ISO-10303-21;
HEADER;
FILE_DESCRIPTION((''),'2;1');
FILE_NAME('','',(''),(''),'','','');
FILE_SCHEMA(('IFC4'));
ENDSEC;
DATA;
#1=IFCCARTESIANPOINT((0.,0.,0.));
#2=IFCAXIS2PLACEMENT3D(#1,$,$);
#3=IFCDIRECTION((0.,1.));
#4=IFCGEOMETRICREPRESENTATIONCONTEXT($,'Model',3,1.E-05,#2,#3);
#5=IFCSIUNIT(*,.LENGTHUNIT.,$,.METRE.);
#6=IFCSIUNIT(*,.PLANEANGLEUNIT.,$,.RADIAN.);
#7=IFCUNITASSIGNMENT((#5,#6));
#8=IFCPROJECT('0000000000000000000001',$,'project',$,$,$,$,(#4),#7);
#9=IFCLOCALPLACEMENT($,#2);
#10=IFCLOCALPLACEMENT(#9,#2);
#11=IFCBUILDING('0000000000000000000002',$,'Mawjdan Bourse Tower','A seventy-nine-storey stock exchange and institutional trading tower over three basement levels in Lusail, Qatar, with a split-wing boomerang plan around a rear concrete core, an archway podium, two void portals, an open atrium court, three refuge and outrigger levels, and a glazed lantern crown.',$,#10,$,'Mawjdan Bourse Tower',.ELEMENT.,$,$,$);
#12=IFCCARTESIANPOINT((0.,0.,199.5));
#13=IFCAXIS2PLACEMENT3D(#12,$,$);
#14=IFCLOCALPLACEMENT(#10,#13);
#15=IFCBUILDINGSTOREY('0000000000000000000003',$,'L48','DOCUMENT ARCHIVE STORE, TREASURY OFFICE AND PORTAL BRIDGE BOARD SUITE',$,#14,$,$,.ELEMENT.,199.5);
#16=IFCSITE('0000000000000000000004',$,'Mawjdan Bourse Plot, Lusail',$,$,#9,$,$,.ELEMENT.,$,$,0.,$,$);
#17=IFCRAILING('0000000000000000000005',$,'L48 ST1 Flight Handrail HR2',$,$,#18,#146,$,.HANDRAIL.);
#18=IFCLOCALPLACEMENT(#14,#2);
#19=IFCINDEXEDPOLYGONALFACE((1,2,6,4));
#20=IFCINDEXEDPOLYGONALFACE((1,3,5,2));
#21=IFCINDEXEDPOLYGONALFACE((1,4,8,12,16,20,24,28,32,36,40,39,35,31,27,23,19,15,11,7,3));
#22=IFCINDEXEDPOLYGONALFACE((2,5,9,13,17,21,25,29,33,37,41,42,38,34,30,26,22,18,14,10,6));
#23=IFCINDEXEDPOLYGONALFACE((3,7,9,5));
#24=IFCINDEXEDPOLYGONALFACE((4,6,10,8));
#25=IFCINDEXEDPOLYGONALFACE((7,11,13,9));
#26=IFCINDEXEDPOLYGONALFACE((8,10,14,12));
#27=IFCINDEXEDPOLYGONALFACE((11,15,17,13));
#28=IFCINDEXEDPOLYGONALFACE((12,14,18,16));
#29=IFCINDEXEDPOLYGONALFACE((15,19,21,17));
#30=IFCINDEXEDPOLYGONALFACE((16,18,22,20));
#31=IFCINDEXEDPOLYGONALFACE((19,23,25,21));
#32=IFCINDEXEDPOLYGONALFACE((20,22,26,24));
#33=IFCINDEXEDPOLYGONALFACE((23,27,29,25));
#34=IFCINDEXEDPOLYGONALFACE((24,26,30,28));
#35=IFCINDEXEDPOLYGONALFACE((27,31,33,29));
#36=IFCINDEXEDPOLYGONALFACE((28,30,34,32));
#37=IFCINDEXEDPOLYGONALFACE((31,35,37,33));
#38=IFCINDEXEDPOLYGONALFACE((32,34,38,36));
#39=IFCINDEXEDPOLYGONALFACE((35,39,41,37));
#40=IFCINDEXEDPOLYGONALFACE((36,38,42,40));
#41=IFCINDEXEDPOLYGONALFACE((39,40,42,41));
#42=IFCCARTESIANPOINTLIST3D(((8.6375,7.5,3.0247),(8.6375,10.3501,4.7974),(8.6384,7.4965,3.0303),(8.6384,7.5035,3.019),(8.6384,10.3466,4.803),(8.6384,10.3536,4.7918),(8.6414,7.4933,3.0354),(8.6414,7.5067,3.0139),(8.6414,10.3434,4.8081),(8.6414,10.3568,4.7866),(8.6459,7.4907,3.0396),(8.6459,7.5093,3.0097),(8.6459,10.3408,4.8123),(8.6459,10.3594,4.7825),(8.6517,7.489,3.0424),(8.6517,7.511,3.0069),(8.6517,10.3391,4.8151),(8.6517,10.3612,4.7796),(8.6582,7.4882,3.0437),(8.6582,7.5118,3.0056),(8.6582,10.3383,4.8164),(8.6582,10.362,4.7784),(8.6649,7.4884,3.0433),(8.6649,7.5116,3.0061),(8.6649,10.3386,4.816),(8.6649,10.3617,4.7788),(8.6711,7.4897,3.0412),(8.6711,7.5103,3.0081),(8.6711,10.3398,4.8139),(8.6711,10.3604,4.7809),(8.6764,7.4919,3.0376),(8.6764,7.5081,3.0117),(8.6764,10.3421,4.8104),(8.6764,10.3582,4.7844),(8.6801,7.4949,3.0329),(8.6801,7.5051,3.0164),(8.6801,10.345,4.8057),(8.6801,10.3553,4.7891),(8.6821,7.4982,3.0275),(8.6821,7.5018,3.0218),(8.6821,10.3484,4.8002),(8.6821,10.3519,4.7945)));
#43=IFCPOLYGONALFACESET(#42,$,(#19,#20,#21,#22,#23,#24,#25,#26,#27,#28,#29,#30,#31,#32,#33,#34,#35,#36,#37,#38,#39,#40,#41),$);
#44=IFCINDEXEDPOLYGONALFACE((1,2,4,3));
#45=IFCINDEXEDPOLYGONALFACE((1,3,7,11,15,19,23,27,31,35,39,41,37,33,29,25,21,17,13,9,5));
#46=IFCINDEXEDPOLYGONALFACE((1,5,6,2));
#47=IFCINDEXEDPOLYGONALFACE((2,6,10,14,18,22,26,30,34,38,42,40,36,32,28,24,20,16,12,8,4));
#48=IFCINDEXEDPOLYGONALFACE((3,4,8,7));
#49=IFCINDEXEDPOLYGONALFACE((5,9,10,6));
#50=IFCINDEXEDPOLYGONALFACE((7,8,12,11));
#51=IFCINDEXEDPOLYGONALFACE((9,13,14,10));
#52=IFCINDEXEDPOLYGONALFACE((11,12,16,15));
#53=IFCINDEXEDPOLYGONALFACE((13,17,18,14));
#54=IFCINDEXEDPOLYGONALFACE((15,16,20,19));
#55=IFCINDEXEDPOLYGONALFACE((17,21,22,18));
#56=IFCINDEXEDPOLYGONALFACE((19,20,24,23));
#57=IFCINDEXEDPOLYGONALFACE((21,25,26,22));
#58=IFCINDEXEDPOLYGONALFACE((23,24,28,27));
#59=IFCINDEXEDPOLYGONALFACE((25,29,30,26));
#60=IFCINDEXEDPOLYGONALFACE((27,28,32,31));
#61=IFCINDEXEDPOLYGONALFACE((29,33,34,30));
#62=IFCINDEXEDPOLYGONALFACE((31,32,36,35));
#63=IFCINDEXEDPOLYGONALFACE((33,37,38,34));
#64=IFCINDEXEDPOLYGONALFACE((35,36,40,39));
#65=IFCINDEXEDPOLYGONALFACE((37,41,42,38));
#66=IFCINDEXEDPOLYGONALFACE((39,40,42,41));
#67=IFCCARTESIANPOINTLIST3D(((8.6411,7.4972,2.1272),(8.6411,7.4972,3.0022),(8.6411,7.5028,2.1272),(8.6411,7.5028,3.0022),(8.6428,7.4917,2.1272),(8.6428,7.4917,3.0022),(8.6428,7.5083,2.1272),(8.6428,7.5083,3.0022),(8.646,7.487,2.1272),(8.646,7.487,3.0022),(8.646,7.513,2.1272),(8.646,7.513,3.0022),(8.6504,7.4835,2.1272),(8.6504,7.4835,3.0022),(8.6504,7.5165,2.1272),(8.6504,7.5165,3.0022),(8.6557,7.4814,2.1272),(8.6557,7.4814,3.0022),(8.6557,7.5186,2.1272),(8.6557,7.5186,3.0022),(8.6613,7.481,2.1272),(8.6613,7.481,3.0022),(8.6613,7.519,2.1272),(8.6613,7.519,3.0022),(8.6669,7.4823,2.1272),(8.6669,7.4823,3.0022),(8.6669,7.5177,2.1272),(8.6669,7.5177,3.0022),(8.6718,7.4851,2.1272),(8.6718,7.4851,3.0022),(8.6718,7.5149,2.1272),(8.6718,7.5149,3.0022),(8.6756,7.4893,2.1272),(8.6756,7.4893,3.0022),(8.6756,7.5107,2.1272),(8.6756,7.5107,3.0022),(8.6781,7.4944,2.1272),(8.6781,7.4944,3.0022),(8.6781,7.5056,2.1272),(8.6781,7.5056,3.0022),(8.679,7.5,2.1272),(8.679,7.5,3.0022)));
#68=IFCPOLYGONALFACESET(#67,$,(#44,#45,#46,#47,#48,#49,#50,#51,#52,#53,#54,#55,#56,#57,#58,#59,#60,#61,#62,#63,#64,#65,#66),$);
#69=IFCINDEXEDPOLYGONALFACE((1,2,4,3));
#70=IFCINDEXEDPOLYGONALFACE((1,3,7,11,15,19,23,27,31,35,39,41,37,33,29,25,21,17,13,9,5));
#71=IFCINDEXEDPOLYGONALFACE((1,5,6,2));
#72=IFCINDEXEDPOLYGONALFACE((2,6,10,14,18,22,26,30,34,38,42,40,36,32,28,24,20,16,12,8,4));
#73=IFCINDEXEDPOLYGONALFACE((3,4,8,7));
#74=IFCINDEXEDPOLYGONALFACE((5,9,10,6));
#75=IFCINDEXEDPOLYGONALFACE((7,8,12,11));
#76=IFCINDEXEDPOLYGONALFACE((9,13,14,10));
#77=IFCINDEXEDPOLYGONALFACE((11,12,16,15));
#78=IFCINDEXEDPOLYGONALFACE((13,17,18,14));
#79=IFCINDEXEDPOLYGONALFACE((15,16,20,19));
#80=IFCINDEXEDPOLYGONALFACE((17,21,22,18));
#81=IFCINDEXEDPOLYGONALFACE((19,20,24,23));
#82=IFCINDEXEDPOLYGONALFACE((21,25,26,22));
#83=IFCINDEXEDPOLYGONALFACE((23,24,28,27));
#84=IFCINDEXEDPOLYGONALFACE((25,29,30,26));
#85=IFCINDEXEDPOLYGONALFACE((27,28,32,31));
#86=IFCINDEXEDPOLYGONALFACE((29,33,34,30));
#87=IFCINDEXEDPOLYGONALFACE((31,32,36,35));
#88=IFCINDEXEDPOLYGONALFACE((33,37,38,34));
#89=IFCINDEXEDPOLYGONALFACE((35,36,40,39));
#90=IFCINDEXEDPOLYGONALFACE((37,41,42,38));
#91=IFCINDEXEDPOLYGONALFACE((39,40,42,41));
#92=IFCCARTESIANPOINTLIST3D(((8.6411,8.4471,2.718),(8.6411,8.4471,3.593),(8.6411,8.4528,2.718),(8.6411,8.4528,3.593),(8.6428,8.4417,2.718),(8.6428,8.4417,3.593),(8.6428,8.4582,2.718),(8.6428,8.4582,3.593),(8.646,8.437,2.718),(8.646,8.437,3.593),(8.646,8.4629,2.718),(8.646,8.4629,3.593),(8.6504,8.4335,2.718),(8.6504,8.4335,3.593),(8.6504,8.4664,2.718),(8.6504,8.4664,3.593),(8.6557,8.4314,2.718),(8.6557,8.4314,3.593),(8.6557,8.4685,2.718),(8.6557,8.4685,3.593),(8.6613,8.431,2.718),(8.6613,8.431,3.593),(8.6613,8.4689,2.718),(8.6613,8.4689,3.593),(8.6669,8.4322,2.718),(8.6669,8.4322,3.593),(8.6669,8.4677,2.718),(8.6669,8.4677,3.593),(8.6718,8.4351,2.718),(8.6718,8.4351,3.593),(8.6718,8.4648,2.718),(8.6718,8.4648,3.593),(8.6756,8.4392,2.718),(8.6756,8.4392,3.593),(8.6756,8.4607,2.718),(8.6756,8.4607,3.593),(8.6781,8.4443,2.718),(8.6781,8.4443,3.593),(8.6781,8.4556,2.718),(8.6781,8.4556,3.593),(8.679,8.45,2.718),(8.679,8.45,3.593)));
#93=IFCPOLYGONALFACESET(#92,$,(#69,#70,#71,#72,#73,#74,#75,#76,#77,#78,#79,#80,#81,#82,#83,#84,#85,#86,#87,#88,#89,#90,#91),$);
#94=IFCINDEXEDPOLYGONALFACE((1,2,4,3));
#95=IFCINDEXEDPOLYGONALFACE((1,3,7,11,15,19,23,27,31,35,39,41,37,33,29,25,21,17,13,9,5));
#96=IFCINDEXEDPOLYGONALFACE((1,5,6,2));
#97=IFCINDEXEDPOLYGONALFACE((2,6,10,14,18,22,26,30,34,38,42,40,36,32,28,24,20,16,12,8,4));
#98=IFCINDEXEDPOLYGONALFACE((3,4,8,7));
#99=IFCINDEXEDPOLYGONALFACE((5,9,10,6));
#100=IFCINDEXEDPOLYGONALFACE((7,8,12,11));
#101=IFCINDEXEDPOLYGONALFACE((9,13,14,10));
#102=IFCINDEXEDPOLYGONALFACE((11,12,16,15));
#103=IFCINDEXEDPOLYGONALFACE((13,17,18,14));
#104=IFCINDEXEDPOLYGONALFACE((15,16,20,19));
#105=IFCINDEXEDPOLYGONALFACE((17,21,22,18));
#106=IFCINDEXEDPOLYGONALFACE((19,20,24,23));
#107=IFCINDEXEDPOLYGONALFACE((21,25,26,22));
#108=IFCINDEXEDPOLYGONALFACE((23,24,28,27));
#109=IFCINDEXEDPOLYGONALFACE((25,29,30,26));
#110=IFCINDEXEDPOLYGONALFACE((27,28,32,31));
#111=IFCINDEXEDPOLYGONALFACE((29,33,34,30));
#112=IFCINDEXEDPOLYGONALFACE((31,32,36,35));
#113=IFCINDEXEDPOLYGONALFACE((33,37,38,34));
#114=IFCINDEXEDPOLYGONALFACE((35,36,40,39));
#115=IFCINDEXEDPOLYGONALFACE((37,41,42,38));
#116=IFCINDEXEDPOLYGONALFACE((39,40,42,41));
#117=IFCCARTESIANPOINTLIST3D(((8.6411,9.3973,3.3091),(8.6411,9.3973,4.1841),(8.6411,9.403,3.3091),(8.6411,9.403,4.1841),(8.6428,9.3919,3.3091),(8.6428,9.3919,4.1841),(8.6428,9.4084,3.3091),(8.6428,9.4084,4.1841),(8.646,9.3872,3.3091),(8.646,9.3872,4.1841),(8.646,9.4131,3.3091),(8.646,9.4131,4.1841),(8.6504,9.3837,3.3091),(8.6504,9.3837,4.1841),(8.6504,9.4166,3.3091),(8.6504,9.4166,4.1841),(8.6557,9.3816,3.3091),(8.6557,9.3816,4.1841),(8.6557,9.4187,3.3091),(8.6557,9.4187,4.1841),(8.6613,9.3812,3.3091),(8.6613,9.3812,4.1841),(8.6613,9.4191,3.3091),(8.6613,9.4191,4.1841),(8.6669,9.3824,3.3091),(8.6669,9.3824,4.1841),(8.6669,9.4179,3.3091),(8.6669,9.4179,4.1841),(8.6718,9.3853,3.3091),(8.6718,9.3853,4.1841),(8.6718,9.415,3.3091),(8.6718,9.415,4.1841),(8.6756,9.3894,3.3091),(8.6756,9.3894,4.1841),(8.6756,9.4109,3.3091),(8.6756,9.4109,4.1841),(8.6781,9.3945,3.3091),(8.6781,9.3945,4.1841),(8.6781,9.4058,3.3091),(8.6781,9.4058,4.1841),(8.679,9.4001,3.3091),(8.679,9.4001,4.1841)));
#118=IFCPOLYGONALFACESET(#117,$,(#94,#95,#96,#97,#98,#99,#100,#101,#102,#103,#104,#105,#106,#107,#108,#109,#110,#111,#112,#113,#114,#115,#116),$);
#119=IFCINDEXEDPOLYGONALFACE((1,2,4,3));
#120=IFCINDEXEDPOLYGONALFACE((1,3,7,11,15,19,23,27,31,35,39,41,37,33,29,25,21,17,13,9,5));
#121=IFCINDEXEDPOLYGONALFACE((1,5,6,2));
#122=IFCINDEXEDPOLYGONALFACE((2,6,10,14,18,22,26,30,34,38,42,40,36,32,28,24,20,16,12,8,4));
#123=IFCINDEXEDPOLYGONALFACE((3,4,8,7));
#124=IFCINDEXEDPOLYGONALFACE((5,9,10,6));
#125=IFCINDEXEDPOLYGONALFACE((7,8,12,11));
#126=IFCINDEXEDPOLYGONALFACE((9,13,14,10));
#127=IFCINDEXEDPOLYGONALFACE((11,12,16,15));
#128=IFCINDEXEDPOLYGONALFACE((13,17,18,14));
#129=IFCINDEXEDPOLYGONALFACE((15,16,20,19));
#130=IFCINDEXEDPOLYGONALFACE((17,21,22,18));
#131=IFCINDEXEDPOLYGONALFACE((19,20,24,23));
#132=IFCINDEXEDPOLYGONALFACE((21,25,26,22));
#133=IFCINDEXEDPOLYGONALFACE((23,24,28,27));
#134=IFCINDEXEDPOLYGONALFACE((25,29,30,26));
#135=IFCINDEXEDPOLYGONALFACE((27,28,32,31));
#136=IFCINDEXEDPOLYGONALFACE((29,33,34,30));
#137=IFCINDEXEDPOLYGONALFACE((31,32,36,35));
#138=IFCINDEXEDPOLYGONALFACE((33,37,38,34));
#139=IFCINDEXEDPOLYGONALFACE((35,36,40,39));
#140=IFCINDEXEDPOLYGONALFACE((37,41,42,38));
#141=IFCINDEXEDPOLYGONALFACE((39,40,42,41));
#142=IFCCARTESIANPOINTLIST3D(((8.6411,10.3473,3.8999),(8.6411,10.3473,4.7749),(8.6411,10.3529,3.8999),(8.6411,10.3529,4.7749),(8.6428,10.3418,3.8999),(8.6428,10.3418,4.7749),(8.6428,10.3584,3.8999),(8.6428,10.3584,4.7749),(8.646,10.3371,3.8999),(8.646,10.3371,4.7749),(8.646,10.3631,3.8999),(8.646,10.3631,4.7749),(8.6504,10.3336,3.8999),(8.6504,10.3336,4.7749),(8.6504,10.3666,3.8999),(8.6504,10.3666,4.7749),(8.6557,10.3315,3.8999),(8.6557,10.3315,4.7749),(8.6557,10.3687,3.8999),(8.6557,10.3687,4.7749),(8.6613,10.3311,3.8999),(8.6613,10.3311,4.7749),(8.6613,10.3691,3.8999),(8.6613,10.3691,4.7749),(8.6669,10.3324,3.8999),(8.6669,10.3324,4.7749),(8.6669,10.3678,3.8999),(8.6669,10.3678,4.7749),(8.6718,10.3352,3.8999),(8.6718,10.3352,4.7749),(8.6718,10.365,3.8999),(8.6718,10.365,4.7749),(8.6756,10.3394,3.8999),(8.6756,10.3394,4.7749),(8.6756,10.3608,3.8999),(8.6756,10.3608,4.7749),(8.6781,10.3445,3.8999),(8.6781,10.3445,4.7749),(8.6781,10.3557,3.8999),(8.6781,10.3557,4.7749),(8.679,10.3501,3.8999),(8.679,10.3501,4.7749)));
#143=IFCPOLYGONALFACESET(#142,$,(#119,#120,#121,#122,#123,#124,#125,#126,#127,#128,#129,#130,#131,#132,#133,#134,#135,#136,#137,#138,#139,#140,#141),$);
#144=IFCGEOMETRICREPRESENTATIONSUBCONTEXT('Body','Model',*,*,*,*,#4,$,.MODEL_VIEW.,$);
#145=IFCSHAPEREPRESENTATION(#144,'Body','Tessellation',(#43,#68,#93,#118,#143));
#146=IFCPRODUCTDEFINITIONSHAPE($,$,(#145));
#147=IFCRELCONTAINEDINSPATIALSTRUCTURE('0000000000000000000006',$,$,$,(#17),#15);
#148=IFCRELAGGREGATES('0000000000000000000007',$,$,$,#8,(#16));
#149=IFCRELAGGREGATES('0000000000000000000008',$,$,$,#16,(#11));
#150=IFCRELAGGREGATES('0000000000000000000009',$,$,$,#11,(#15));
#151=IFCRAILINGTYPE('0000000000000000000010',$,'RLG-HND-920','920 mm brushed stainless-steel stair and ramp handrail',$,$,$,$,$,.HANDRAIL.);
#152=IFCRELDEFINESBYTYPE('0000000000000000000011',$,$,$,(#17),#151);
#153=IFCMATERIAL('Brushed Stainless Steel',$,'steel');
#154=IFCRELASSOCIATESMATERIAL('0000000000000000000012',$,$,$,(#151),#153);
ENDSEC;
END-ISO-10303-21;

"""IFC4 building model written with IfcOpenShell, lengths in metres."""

from ifc_helpers import new_model, si_unit, direction, frame, origin, origin_2d, place, context, subcontext, project, spatial, circle, extrude, material, type_object, element, save


model = new_model("IFC4")

# Units and contexts
model_context = context("Model", 3, precision=1e-05, world=origin(), true_north=direction((0.0, 1.0)))
body_context = subcontext(model_context, "Body", "Model", "MODEL_VIEW")
ifc_project = project(units=[si_unit("LENGTHUNIT", "METRE"), si_unit("PLANEANGLEUNIT", "RADIAN")], contexts=[model_context])

# Site, building, storey
site_placement = place(None, origin())
site = spatial("IfcSite", under=ifc_project, at=site_placement, Name="Mawjdan Bourse Plot, Lusail", CompositionType="ELEMENT", RefElevation=0.0)
building_placement = place(site_placement, origin())
building = spatial("IfcBuilding", under=site, at=building_placement, Name="Mawjdan Bourse Tower", Description="A seventy-nine-storey stock exchange and institutional trading tower over three basement levels in Lusail, Qatar, with a split-wing boomerang plan around a rear concrete core, an archway podium, two void portals, an open atrium court, three refuge and outrigger levels, and a glazed lantern crown.", LongName="Mawjdan Bourse Tower", CompositionType="ELEMENT")
storey_placement = place(building_placement, frame((0.0, 0.0, 199.5)))
storey = spatial("IfcBuildingStorey", under=building, at=storey_placement, Name="L48", Description="DOCUMENT ARCHIVE STORE, TREASURY OFFICE AND PORTAL BRIDGE BOARD SUITE", CompositionType="ELEMENT", Elevation=199.5)

# Railing
ifc_material_1 = material(Name="Brushed Stainless Steel", Category="steel")
railing_type_1 = type_object("IfcRailingType", Name="RLG-HND-920", Description="920 mm brushed stainless-steel stair and ramp handrail", PredefinedType="HANDRAIL", material=ifc_material_1)
railing_1_placement = place(storey_placement, frame((8.6599, 7.5, 2.1272)))
element("IfcRailing", 1, at=railing_1_placement, inside=storey, type_object=railing_type_1, Name="L48 ST1 Flight Handrail HR2", PredefinedType="HANDRAIL", context=body_context, shape_type="SweptSolid", body=[
    extrude(circle(Radius=0.0225, at=origin_2d()), frame((0.0, 0.0, 0.8975), z_axis=(0.0, 0.849149, 0.528154), x_axis=(-1.0, 0.0, 0.0)), (0.0, 0.0, 1.0), 3.3564),
    extrude(circle(Radius=0.019, at=origin_2d()), origin(), (0.0, 0.0, 1.0), 0.875),
    extrude(circle(Radius=0.019, at=origin_2d()), frame((0.0, 0.95, 0.5908)), (0.0, 0.0, 1.0), 0.875),
    extrude(circle(Radius=0.019, at=origin_2d()), frame((0.0, 1.9001, 1.1819)), (0.0, 0.0, 1.0), 0.875),
    extrude(circle(Radius=0.019, at=origin_2d()), frame((0.0, 2.8501, 1.7727)), (0.0, 0.0, 1.0), 0.875),
])

save(model, "model.ifc")
